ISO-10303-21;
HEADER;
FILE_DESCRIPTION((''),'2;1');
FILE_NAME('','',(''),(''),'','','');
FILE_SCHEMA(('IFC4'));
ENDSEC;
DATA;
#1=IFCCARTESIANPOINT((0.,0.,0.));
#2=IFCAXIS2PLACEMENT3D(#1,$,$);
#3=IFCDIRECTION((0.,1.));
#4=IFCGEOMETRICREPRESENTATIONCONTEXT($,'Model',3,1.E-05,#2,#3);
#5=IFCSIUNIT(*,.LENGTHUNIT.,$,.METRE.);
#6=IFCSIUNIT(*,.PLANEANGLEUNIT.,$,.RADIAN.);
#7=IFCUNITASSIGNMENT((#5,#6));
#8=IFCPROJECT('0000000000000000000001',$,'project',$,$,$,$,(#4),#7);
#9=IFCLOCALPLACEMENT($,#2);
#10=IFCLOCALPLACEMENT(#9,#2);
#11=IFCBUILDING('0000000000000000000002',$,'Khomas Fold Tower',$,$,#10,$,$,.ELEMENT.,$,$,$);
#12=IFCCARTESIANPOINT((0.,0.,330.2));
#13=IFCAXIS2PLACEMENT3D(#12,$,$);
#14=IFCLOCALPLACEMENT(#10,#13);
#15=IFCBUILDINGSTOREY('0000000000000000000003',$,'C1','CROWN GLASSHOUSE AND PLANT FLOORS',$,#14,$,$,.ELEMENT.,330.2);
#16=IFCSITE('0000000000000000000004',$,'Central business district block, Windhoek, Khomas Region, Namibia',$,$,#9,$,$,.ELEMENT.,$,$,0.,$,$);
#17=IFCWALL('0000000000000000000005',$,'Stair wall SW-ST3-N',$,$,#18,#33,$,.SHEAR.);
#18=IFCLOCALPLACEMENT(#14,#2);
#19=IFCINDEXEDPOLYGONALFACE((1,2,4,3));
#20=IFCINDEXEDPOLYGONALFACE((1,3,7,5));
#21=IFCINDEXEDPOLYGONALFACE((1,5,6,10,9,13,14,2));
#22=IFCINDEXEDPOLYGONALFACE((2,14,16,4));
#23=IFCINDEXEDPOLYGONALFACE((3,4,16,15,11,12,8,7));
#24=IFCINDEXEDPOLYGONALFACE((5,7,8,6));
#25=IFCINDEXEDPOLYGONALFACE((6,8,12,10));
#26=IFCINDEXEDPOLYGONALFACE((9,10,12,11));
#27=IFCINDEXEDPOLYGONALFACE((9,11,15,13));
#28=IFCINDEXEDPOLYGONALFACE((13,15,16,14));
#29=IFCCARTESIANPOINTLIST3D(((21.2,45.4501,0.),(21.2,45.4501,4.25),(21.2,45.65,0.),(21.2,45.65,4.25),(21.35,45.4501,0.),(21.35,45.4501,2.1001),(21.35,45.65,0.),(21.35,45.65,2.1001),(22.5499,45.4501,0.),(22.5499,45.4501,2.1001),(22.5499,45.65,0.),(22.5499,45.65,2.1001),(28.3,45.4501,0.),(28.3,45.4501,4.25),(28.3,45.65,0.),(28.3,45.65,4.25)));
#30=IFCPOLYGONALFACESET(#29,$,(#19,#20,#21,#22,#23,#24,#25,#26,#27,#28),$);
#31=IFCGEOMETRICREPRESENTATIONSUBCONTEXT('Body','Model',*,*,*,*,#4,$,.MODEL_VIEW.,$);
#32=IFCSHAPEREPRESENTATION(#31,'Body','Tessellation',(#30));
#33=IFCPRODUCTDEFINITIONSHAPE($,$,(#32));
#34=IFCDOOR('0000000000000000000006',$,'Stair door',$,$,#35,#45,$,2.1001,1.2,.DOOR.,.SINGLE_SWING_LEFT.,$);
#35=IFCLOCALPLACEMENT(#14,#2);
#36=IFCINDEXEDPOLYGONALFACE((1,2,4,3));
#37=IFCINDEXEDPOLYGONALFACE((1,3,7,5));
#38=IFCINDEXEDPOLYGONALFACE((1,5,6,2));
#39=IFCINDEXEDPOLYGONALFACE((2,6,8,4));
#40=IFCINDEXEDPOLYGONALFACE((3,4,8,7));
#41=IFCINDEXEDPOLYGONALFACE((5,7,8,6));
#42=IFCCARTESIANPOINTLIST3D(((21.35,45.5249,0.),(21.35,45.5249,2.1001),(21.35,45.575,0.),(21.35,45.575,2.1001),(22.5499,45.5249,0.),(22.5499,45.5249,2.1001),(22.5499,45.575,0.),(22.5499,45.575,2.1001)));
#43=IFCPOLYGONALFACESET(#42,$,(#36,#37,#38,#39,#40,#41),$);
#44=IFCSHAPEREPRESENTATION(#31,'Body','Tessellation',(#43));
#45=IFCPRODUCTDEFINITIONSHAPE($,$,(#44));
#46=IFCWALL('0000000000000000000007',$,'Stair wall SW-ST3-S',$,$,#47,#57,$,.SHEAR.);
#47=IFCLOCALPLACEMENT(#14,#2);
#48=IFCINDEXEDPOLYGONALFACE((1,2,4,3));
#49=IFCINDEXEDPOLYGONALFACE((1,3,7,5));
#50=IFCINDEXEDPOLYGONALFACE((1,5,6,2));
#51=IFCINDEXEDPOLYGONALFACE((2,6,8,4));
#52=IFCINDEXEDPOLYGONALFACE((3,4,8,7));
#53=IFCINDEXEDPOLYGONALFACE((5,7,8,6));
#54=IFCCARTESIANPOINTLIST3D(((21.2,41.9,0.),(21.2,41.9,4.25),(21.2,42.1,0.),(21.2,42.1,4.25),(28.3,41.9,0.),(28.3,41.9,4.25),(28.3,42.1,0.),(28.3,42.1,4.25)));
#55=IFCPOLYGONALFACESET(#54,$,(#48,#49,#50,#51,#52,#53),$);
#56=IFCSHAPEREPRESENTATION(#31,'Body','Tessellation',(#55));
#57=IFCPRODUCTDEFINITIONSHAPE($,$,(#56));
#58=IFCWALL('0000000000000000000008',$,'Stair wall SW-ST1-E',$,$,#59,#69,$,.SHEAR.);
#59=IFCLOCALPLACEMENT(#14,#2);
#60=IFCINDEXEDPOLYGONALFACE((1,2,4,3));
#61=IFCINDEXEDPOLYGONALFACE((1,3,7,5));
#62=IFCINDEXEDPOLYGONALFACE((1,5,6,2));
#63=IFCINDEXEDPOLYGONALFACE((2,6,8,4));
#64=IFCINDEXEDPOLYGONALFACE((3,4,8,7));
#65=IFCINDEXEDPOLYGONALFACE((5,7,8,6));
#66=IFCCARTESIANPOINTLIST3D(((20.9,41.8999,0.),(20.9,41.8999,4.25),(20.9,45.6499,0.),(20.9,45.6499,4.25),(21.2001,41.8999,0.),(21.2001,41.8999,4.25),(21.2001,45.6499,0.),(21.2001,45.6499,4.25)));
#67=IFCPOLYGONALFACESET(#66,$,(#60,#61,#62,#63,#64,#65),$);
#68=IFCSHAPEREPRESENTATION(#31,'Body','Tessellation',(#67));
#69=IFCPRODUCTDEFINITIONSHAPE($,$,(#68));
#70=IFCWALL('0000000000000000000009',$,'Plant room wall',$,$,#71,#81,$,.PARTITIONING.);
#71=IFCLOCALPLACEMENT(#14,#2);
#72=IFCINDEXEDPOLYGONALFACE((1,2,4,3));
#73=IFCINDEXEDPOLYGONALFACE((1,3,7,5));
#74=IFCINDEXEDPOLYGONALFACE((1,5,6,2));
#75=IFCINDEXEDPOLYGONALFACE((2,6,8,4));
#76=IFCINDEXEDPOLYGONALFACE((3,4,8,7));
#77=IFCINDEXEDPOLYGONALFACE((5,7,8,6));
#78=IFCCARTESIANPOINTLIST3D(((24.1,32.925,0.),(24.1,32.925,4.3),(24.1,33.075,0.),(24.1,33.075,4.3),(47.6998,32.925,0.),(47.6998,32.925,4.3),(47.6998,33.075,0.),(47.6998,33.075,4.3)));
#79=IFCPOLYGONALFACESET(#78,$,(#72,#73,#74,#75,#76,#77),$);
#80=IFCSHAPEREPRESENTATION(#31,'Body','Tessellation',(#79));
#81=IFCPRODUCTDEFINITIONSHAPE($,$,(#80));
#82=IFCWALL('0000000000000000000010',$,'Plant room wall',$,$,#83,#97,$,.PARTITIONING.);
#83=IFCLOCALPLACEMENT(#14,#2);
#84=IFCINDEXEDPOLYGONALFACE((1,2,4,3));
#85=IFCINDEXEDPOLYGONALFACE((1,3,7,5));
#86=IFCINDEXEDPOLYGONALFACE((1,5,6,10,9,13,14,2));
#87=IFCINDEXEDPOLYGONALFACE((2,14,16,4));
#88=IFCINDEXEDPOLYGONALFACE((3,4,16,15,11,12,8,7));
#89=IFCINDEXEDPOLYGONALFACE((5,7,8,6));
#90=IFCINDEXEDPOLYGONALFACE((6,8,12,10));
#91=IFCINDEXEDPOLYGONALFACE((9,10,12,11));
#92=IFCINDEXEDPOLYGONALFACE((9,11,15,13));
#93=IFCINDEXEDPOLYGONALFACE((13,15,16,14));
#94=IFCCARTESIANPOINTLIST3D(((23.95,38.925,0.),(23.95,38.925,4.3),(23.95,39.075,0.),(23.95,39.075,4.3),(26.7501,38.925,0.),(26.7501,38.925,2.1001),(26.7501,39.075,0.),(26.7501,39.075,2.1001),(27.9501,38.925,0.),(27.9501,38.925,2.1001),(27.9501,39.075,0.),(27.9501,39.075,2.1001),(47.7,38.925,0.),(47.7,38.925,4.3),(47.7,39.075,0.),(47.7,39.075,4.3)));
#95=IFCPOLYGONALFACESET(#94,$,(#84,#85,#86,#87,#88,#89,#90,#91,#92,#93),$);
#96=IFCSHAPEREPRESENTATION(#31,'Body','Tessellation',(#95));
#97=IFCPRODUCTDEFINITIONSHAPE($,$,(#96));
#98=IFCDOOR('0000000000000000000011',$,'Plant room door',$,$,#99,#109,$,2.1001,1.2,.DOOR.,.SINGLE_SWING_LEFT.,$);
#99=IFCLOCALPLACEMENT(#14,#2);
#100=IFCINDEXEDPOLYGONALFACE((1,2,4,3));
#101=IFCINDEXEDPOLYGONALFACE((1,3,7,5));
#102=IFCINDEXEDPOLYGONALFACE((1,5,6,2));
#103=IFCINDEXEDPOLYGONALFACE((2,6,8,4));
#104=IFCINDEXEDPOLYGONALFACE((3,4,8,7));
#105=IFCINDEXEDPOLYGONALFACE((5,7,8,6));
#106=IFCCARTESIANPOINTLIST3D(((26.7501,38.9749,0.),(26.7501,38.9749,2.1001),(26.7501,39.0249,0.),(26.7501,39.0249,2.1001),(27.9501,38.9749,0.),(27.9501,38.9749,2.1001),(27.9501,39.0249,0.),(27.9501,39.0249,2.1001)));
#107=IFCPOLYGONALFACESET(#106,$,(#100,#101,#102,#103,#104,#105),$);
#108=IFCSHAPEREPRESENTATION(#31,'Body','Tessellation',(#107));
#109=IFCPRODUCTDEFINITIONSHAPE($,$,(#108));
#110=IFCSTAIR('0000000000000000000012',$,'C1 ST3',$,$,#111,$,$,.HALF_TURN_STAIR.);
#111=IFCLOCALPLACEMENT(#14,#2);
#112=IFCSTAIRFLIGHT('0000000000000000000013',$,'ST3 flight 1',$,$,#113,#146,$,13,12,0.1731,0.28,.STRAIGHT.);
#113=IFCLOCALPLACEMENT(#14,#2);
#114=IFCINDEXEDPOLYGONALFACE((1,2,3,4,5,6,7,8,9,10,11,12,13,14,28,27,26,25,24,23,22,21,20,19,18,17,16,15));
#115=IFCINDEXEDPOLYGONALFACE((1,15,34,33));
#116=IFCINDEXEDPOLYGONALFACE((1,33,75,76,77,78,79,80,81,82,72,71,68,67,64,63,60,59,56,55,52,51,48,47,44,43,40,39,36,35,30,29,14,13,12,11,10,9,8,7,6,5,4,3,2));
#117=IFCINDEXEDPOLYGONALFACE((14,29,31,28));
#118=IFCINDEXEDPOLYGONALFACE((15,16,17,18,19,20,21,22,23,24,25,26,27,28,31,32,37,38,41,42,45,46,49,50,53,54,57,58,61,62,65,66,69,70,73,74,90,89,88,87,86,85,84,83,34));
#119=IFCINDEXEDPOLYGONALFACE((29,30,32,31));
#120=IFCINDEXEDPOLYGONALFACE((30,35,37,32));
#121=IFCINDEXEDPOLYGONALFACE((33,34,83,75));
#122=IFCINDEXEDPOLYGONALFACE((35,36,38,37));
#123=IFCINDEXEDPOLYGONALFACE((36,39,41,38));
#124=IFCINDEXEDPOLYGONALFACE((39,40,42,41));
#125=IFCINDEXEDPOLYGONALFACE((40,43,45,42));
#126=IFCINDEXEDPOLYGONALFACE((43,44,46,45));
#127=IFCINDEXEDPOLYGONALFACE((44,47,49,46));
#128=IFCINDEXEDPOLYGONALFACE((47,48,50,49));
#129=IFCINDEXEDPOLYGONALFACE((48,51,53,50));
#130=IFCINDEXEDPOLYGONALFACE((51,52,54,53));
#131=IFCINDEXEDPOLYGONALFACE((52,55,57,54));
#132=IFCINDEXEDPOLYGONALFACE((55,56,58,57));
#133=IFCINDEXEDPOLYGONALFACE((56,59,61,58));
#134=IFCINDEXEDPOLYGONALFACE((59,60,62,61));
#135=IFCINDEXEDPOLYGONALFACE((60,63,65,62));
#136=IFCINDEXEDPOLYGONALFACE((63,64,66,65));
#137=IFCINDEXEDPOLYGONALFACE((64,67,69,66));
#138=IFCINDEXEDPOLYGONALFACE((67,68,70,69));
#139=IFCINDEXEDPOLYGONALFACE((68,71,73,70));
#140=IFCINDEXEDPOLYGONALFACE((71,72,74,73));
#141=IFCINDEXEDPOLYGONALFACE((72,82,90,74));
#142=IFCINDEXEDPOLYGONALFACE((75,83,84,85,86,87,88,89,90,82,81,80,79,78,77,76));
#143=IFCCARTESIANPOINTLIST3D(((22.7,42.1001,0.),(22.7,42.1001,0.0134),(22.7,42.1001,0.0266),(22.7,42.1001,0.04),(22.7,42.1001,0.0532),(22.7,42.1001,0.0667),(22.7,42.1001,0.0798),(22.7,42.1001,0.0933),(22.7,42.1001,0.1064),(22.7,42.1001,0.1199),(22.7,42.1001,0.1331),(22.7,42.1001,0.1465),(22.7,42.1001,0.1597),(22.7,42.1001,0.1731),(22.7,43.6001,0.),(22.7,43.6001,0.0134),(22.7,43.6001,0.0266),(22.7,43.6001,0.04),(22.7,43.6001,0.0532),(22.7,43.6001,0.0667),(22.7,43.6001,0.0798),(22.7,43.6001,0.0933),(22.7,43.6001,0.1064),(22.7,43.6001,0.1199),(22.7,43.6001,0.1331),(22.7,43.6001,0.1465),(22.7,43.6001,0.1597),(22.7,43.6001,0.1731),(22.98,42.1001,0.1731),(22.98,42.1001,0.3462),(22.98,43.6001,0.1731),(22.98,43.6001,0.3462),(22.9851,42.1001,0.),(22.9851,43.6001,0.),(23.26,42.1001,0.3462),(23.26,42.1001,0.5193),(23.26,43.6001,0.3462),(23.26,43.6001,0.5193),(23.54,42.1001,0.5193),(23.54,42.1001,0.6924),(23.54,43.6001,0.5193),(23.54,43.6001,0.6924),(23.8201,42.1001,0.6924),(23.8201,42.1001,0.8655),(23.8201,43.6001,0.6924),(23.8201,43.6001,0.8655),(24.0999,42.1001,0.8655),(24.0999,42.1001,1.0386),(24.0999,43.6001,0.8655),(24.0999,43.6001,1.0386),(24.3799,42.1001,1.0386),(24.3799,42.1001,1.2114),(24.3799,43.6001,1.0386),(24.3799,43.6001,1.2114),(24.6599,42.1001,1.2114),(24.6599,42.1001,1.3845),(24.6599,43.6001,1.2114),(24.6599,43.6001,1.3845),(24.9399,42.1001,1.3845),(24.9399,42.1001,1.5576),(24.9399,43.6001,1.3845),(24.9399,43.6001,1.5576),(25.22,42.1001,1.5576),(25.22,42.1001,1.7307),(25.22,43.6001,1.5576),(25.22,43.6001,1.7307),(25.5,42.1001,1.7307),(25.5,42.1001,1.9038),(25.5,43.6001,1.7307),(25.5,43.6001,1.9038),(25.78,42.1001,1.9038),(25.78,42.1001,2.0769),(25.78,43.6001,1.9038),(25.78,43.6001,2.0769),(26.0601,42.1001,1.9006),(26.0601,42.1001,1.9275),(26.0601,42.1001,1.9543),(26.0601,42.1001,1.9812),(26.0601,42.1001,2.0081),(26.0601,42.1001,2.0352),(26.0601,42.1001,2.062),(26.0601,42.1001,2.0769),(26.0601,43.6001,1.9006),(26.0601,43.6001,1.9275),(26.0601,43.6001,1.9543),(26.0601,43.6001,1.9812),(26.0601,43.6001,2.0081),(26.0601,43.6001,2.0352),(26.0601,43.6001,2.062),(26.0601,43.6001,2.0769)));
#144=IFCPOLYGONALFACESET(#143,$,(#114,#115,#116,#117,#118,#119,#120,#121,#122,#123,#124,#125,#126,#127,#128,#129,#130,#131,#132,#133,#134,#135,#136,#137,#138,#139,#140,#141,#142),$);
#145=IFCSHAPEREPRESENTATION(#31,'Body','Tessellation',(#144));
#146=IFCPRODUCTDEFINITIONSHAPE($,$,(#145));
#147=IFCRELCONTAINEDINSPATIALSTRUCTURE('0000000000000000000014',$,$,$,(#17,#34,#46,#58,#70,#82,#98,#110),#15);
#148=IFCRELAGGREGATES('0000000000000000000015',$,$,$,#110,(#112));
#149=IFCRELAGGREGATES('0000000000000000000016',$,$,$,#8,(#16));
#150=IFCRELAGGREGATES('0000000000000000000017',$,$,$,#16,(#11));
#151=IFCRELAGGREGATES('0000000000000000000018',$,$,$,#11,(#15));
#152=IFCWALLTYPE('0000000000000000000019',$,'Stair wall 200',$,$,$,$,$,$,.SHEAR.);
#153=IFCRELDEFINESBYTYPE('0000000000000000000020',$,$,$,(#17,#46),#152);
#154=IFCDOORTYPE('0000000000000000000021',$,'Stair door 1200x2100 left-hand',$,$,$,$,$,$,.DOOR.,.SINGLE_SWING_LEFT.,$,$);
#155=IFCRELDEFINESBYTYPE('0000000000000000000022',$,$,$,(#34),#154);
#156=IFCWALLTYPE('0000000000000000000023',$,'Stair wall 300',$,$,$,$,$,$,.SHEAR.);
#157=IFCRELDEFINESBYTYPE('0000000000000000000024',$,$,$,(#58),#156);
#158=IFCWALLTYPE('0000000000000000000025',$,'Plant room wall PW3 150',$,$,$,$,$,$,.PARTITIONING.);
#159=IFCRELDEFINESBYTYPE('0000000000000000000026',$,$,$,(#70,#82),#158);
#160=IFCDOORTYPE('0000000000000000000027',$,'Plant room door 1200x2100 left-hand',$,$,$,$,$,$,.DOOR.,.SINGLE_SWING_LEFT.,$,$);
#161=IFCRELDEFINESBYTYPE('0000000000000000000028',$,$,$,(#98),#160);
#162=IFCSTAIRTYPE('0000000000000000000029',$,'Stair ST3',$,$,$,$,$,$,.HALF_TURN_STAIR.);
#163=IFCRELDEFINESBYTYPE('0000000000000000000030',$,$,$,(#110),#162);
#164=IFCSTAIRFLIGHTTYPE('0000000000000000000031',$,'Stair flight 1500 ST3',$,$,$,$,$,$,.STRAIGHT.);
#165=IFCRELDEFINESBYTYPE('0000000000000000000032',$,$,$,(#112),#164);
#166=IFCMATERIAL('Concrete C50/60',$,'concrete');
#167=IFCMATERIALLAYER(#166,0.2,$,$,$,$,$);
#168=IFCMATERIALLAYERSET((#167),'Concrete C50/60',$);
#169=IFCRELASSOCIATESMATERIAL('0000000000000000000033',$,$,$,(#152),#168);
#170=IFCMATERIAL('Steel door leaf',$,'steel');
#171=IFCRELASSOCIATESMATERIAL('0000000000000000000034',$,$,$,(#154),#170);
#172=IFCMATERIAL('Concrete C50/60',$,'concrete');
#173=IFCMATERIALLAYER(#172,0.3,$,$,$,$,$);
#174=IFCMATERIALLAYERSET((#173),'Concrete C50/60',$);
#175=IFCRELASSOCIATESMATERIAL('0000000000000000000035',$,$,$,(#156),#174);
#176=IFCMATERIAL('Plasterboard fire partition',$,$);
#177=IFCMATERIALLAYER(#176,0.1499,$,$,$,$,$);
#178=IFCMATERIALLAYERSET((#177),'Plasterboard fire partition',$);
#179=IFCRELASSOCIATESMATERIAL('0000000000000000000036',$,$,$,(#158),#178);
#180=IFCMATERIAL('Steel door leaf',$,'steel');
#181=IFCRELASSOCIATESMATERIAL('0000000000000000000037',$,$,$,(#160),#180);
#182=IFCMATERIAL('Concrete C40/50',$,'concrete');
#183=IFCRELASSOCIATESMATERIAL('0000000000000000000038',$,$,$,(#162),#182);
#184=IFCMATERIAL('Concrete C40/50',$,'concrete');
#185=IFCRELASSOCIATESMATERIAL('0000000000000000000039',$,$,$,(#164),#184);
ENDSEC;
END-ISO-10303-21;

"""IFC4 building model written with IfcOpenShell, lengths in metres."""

from ifc_helpers import new_model, si_unit, direction, frame, frame_2d, origin, place, context, subcontext, project, spatial, polyline, rectangle, outline, extrude, source, transform, mapped, material, layer, layer_set, type_object, element, fill, aggregate, save


model = new_model("IFC4")

# Units and contexts
model_context = context("Model", 3, precision=1e-05, world=origin(), true_north=direction((0.0, 1.0)))
body_context = subcontext(model_context, "Body", "Model", "MODEL_VIEW")
ifc_project = project(units=[si_unit("LENGTHUNIT", "METRE"), si_unit("PLANEANGLEUNIT", "RADIAN")], contexts=[model_context])

# Site, building, storey
site_placement = place(None, origin())
site = spatial("IfcSite", under=ifc_project, at=site_placement, Name="Central business district block, Windhoek, Khomas Region, Namibia", CompositionType="ELEMENT", RefElevation=0.0)
building_placement = place(site_placement, origin())
building = spatial("IfcBuilding", under=site, at=building_placement, Name="Khomas Fold Tower", CompositionType="ELEMENT")
storey_placement = place(building_placement, frame((0.0, 0.0, 330.2)))
storey = spatial("IfcBuildingStorey", under=building, at=storey_placement, Name="C1", Description="CROWN GLASSHOUSE AND PLANT FLOORS", CompositionType="ELEMENT", Elevation=330.2)

# Wall, opening, door
ifc_material_1 = material(Name="Concrete C50/60", Category="concrete")
ifc_layer_1 = layer(ifc_material_1, 0.2)
ifc_layer_set_1 = layer_set([ifc_layer_1], Name="Concrete C50/60")
wall_type_1 = type_object("IfcWallType", Name="Stair wall 200", PredefinedType="SHEAR", material=ifc_layer_set_1)
shared_shape_1 = source(origin(), body_context, "Body", "SweptSolid", [
    extrude(rectangle(XDim=7.1001, YDim=0.2, at=frame_2d((3.55, 0.0))), origin(), (0.0, 0.0, 1.0), 4.25),
])
wall_1_placement = place(storey_placement, frame((21.2, 45.55, 0.0), z_axis=(0.0, 0.0, 1.0), x_axis=(1.0, 0.0, 0.0)))
wall_1 = element("IfcWall", 1, at=wall_1_placement, inside=storey, type_object=wall_type_1, Name="Stair wall SW-ST3-N", PredefinedType="SHEAR", context=body_context, shape_type="MappedRepresentation", body=[
    mapped(shared_shape_1, transform((0.0, 0.0, 0.0))),
])
shared_shape_2 = source(origin(), body_context, "Body", "SweptSolid", [
    extrude(rectangle(XDim=1.2, YDim=2.1001, at=frame_2d((0.6001, 1.05))), frame((0.0, 0.1099, 0.0), z_axis=(0.0, -1.0, 0.0), x_axis=(1.0, 0.0, 0.0)), (0.0, 0.0, 1.0), 0.22),
])
opening_1_placement = place(wall_1_placement, frame((0.1499, 0.0, 0.0)))
opening_1 = element("IfcOpeningElement", 2, at=opening_1_placement, cuts=wall_1, PredefinedType="OPENING", context=body_context, shape_type="MappedRepresentation", body=[
    mapped(shared_shape_2, transform((0.0, 0.0, 0.0))),
])
ifc_material_2 = material(Name="Steel door leaf", Category="steel")
door_type_1 = type_object("IfcDoorType", Name="Stair door 1200x2100 left-hand", OperationType="SINGLE_SWING_LEFT", PredefinedType="DOOR", material=ifc_material_2)
shared_shape_3 = source(origin(), body_context, "Body", "SweptSolid", [
    extrude(rectangle(XDim=1.2, YDim=2.1001, at=frame_2d((0.6001, 1.05))), frame((0.0, 0.0249, 0.0), z_axis=(0.0, -1.0, 0.0), x_axis=(1.0, 0.0, 0.0)), (0.0, 0.0, 1.0), 0.05),
])
door_1_placement = place(opening_1_placement, origin())
door_1 = element("IfcDoor", 3, at=door_1_placement, inside=storey, type_object=door_type_1, Name="Stair door", OperationType="SINGLE_SWING_LEFT", OverallHeight=2.1001, OverallWidth=1.2, PredefinedType="DOOR", context=body_context, shape_type="MappedRepresentation", body=[
    mapped(shared_shape_3, transform((0.0, 0.0, 0.0))),
])
fill(opening_1, door_1)

# Walls
wall_2_placement = place(storey_placement, frame((21.2, 42.0, 0.0), z_axis=(0.0, 0.0, 1.0), x_axis=(1.0, 0.0, 0.0)))
element("IfcWall", 4, at=wall_2_placement, inside=storey, type_object=wall_type_1, Name="Stair wall SW-ST3-S", PredefinedType="SHEAR", context=body_context, shape_type="MappedRepresentation", body=[
    mapped(shared_shape_1, transform((0.0, 0.0, 0.0))),
])
ifc_material_3 = material(Name="Concrete C50/60", Category="concrete")
ifc_layer_2 = layer(ifc_material_3, 0.3)
ifc_layer_set_2 = layer_set([ifc_layer_2], Name="Concrete C50/60")
wall_type_2 = type_object("IfcWallType", Name="Stair wall 300", PredefinedType="SHEAR", material=ifc_layer_set_2)
shared_shape_4 = source(origin(), body_context, "Body", "SweptSolid", [
    extrude(rectangle(XDim=3.75, YDim=0.3, at=frame_2d((1.875, 0.0))), origin(), (0.0, 0.0, 1.0), 4.25),
])
wall_3_placement = place(storey_placement, frame((21.05, 41.8999, 0.0), z_axis=(0.0, 0.0, 1.0), x_axis=(0.0, 1.0, 0.0)))
element("IfcWall", 5, at=wall_3_placement, inside=storey, type_object=wall_type_2, Name="Stair wall SW-ST1-E", PredefinedType="SHEAR", context=body_context, shape_type="MappedRepresentation", body=[
    mapped(shared_shape_4, transform((0.0, 0.0, 0.0))),
])
ifc_material_4 = material(Name="Plasterboard fire partition")
ifc_layer_3 = layer(ifc_material_4, 0.1499)
ifc_layer_set_3 = layer_set([ifc_layer_3], Name="Plasterboard fire partition")
wall_type_3 = type_object("IfcWallType", Name="Plant room wall PW3 150", PredefinedType="PARTITIONING", material=ifc_layer_set_3)
shared_shape_5 = source(origin(), body_context, "Body", "SweptSolid", [
    extrude(rectangle(XDim=23.5999, YDim=0.1499, at=frame_2d((11.7998, 0.0))), origin(), (0.0, 0.0, 1.0), 4.3),
])
wall_4_placement = place(storey_placement, frame((24.1001, 33.0, 0.0), z_axis=(0.0, 0.0, 1.0), x_axis=(1.0, 0.0, 0.0)))
element("IfcWall", 6, at=wall_4_placement, inside=storey, type_object=wall_type_3, Name="Plant room wall", PredefinedType="PARTITIONING", context=body_context, shape_type="MappedRepresentation", body=[
    mapped(shared_shape_5, transform((0.0, 0.0, 0.0))),
])

# Wall, opening, door
shared_shape_6 = source(origin(), body_context, "Body", "SweptSolid", [
    extrude(rectangle(XDim=23.75, YDim=0.1499, at=frame_2d((11.875, 0.0))), origin(), (0.0, 0.0, 1.0), 4.3),
])
wall_5_placement = place(storey_placement, frame((23.95, 39.0, 0.0), z_axis=(0.0, 0.0, 1.0), x_axis=(1.0, 0.0, 0.0)))
wall_5 = element("IfcWall", 7, at=wall_5_placement, inside=storey, type_object=wall_type_3, Name="Plant room wall", PredefinedType="PARTITIONING", context=body_context, shape_type="MappedRepresentation", body=[
    mapped(shared_shape_6, transform((0.0, 0.0, 0.0))),
])
shared_shape_7 = source(origin(), body_context, "Body", "SweptSolid", [
    extrude(rectangle(XDim=1.2, YDim=2.1001, at=frame_2d((0.6001, 1.05))), frame((0.0, 0.085, 0.0), z_axis=(0.0, -1.0, 0.0), x_axis=(1.0, 0.0, 0.0)), (0.0, 0.0, 1.0), 0.1699),
])
opening_2_placement = place(wall_5_placement, frame((2.8, 0.0, 0.0)))
opening_2 = element("IfcOpeningElement", 8, at=opening_2_placement, cuts=wall_5, PredefinedType="OPENING", context=body_context, shape_type="MappedRepresentation", body=[
    mapped(shared_shape_7, transform((0.0, 0.0, 0.0))),
])
ifc_material_5 = material(Name="Steel door leaf", Category="steel")
door_type_2 = type_object("IfcDoorType", Name="Plant room door 1200x2100 left-hand", OperationType="SINGLE_SWING_LEFT", PredefinedType="DOOR", material=ifc_material_5)
door_2_placement = place(opening_2_placement, origin())
door_2 = element("IfcDoor", 9, at=door_2_placement, inside=storey, type_object=door_type_2, Name="Plant room door", OperationType="SINGLE_SWING_LEFT", OverallHeight=2.1001, OverallWidth=1.2, PredefinedType="DOOR", context=body_context, shape_type="MappedRepresentation", body=[
    mapped(shared_shape_3, transform((0.0, 0.0, 0.0))),
])
fill(opening_2, door_2)

# Stair, stair flight
ifc_material_6 = material(Name="Concrete C40/50", Category="concrete")
stair_type = type_object("IfcStairType", Name="Stair ST3", PredefinedType="HALF_TURN_STAIR", material=ifc_material_6)
stair_placement = place(storey_placement, origin())
stair = element("IfcStair", 10, at=stair_placement, inside=storey, type_object=stair_type, Name="C1 ST3", PredefinedType="HALF_TURN_STAIR")
ifc_material_7 = material(Name="Concrete C40/50", Category="concrete")
stair_flight_type = type_object("IfcStairFlightType", Name="Stair flight 1500 ST3", PredefinedType="STRAIGHT", material=ifc_material_7)
shared_shape_8 = source(origin(), body_context, "Body", "SweptSolid", [
    extrude(outline(polyline([(0.0, 0.0), (0.0, 0.0134), (0.0, 0.0266), (0.0, 0.04), (0.0, 0.0532), (0.0, 0.0667), (0.0, 0.0798), (0.0, 0.0933), (0.0, 0.1064), (0.0, 0.1199), (0.0, 0.1331), (0.0, 0.1465), (0.0, 0.1597), (0.0, 0.1731), (0.28, 0.1731), (0.28, 0.3462), (0.5601, 0.3462), (0.5601, 0.5193), (0.8401, 0.5193), (0.8401, 0.6924), (1.1201, 0.6924), (1.1201, 0.8655), (1.3999, 0.8655), (1.3999, 1.0386), (1.6799, 1.0386), (1.6799, 1.2114), (1.96, 1.2114), (1.96, 1.3845), (2.24, 1.3845), (2.24, 1.5576), (2.52, 1.5576), (2.52, 1.7307), (2.8, 1.7307), (2.8, 1.9038), (3.0801, 1.9038), (3.0801, 2.0769), (3.3601, 2.0769), (3.3601, 2.25), (3.3601, 2.2231), (3.3601, 2.1963), (3.3601, 2.1694), (3.3601, 2.1426), (3.3601, 2.1157), (3.3601, 2.0889), (3.3601, 2.062), (3.3601, 2.0352), (3.3601, 2.0081), (3.3601, 1.9812), (3.3601, 1.9543), (3.3601, 1.9275), (3.3601, 1.9006), (0.2852, 0.0), (0.0, 0.0)])), frame((0.0, 0.75, 0.0), z_axis=(0.0, -1.0, 0.0), x_axis=(1.0, 0.0, 0.0)), (0.0, 0.0, 1.0), 1.5),
])
stair_flight_1_placement = place(storey_placement, frame((22.7, 42.8501, 0.0), z_axis=(0.0, 0.0, 1.0), x_axis=(1.0, 0.0, 0.0)))
stair_flight_1 = element("IfcStairFlight", 11, at=stair_flight_1_placement, type_object=stair_flight_type, Name="ST3 flight 1", NumberOfRisers=13, NumberOfTreads=12, PredefinedType="STRAIGHT", RiserHeight=0.1731, TreadLength=0.28, context=body_context, shape_type="MappedRepresentation", body=[
    mapped(shared_shape_8, transform((0.0, 0.0, 0.0))),
])
aggregate(stair, [stair_flight_1])

save(model, "model.ifc")
